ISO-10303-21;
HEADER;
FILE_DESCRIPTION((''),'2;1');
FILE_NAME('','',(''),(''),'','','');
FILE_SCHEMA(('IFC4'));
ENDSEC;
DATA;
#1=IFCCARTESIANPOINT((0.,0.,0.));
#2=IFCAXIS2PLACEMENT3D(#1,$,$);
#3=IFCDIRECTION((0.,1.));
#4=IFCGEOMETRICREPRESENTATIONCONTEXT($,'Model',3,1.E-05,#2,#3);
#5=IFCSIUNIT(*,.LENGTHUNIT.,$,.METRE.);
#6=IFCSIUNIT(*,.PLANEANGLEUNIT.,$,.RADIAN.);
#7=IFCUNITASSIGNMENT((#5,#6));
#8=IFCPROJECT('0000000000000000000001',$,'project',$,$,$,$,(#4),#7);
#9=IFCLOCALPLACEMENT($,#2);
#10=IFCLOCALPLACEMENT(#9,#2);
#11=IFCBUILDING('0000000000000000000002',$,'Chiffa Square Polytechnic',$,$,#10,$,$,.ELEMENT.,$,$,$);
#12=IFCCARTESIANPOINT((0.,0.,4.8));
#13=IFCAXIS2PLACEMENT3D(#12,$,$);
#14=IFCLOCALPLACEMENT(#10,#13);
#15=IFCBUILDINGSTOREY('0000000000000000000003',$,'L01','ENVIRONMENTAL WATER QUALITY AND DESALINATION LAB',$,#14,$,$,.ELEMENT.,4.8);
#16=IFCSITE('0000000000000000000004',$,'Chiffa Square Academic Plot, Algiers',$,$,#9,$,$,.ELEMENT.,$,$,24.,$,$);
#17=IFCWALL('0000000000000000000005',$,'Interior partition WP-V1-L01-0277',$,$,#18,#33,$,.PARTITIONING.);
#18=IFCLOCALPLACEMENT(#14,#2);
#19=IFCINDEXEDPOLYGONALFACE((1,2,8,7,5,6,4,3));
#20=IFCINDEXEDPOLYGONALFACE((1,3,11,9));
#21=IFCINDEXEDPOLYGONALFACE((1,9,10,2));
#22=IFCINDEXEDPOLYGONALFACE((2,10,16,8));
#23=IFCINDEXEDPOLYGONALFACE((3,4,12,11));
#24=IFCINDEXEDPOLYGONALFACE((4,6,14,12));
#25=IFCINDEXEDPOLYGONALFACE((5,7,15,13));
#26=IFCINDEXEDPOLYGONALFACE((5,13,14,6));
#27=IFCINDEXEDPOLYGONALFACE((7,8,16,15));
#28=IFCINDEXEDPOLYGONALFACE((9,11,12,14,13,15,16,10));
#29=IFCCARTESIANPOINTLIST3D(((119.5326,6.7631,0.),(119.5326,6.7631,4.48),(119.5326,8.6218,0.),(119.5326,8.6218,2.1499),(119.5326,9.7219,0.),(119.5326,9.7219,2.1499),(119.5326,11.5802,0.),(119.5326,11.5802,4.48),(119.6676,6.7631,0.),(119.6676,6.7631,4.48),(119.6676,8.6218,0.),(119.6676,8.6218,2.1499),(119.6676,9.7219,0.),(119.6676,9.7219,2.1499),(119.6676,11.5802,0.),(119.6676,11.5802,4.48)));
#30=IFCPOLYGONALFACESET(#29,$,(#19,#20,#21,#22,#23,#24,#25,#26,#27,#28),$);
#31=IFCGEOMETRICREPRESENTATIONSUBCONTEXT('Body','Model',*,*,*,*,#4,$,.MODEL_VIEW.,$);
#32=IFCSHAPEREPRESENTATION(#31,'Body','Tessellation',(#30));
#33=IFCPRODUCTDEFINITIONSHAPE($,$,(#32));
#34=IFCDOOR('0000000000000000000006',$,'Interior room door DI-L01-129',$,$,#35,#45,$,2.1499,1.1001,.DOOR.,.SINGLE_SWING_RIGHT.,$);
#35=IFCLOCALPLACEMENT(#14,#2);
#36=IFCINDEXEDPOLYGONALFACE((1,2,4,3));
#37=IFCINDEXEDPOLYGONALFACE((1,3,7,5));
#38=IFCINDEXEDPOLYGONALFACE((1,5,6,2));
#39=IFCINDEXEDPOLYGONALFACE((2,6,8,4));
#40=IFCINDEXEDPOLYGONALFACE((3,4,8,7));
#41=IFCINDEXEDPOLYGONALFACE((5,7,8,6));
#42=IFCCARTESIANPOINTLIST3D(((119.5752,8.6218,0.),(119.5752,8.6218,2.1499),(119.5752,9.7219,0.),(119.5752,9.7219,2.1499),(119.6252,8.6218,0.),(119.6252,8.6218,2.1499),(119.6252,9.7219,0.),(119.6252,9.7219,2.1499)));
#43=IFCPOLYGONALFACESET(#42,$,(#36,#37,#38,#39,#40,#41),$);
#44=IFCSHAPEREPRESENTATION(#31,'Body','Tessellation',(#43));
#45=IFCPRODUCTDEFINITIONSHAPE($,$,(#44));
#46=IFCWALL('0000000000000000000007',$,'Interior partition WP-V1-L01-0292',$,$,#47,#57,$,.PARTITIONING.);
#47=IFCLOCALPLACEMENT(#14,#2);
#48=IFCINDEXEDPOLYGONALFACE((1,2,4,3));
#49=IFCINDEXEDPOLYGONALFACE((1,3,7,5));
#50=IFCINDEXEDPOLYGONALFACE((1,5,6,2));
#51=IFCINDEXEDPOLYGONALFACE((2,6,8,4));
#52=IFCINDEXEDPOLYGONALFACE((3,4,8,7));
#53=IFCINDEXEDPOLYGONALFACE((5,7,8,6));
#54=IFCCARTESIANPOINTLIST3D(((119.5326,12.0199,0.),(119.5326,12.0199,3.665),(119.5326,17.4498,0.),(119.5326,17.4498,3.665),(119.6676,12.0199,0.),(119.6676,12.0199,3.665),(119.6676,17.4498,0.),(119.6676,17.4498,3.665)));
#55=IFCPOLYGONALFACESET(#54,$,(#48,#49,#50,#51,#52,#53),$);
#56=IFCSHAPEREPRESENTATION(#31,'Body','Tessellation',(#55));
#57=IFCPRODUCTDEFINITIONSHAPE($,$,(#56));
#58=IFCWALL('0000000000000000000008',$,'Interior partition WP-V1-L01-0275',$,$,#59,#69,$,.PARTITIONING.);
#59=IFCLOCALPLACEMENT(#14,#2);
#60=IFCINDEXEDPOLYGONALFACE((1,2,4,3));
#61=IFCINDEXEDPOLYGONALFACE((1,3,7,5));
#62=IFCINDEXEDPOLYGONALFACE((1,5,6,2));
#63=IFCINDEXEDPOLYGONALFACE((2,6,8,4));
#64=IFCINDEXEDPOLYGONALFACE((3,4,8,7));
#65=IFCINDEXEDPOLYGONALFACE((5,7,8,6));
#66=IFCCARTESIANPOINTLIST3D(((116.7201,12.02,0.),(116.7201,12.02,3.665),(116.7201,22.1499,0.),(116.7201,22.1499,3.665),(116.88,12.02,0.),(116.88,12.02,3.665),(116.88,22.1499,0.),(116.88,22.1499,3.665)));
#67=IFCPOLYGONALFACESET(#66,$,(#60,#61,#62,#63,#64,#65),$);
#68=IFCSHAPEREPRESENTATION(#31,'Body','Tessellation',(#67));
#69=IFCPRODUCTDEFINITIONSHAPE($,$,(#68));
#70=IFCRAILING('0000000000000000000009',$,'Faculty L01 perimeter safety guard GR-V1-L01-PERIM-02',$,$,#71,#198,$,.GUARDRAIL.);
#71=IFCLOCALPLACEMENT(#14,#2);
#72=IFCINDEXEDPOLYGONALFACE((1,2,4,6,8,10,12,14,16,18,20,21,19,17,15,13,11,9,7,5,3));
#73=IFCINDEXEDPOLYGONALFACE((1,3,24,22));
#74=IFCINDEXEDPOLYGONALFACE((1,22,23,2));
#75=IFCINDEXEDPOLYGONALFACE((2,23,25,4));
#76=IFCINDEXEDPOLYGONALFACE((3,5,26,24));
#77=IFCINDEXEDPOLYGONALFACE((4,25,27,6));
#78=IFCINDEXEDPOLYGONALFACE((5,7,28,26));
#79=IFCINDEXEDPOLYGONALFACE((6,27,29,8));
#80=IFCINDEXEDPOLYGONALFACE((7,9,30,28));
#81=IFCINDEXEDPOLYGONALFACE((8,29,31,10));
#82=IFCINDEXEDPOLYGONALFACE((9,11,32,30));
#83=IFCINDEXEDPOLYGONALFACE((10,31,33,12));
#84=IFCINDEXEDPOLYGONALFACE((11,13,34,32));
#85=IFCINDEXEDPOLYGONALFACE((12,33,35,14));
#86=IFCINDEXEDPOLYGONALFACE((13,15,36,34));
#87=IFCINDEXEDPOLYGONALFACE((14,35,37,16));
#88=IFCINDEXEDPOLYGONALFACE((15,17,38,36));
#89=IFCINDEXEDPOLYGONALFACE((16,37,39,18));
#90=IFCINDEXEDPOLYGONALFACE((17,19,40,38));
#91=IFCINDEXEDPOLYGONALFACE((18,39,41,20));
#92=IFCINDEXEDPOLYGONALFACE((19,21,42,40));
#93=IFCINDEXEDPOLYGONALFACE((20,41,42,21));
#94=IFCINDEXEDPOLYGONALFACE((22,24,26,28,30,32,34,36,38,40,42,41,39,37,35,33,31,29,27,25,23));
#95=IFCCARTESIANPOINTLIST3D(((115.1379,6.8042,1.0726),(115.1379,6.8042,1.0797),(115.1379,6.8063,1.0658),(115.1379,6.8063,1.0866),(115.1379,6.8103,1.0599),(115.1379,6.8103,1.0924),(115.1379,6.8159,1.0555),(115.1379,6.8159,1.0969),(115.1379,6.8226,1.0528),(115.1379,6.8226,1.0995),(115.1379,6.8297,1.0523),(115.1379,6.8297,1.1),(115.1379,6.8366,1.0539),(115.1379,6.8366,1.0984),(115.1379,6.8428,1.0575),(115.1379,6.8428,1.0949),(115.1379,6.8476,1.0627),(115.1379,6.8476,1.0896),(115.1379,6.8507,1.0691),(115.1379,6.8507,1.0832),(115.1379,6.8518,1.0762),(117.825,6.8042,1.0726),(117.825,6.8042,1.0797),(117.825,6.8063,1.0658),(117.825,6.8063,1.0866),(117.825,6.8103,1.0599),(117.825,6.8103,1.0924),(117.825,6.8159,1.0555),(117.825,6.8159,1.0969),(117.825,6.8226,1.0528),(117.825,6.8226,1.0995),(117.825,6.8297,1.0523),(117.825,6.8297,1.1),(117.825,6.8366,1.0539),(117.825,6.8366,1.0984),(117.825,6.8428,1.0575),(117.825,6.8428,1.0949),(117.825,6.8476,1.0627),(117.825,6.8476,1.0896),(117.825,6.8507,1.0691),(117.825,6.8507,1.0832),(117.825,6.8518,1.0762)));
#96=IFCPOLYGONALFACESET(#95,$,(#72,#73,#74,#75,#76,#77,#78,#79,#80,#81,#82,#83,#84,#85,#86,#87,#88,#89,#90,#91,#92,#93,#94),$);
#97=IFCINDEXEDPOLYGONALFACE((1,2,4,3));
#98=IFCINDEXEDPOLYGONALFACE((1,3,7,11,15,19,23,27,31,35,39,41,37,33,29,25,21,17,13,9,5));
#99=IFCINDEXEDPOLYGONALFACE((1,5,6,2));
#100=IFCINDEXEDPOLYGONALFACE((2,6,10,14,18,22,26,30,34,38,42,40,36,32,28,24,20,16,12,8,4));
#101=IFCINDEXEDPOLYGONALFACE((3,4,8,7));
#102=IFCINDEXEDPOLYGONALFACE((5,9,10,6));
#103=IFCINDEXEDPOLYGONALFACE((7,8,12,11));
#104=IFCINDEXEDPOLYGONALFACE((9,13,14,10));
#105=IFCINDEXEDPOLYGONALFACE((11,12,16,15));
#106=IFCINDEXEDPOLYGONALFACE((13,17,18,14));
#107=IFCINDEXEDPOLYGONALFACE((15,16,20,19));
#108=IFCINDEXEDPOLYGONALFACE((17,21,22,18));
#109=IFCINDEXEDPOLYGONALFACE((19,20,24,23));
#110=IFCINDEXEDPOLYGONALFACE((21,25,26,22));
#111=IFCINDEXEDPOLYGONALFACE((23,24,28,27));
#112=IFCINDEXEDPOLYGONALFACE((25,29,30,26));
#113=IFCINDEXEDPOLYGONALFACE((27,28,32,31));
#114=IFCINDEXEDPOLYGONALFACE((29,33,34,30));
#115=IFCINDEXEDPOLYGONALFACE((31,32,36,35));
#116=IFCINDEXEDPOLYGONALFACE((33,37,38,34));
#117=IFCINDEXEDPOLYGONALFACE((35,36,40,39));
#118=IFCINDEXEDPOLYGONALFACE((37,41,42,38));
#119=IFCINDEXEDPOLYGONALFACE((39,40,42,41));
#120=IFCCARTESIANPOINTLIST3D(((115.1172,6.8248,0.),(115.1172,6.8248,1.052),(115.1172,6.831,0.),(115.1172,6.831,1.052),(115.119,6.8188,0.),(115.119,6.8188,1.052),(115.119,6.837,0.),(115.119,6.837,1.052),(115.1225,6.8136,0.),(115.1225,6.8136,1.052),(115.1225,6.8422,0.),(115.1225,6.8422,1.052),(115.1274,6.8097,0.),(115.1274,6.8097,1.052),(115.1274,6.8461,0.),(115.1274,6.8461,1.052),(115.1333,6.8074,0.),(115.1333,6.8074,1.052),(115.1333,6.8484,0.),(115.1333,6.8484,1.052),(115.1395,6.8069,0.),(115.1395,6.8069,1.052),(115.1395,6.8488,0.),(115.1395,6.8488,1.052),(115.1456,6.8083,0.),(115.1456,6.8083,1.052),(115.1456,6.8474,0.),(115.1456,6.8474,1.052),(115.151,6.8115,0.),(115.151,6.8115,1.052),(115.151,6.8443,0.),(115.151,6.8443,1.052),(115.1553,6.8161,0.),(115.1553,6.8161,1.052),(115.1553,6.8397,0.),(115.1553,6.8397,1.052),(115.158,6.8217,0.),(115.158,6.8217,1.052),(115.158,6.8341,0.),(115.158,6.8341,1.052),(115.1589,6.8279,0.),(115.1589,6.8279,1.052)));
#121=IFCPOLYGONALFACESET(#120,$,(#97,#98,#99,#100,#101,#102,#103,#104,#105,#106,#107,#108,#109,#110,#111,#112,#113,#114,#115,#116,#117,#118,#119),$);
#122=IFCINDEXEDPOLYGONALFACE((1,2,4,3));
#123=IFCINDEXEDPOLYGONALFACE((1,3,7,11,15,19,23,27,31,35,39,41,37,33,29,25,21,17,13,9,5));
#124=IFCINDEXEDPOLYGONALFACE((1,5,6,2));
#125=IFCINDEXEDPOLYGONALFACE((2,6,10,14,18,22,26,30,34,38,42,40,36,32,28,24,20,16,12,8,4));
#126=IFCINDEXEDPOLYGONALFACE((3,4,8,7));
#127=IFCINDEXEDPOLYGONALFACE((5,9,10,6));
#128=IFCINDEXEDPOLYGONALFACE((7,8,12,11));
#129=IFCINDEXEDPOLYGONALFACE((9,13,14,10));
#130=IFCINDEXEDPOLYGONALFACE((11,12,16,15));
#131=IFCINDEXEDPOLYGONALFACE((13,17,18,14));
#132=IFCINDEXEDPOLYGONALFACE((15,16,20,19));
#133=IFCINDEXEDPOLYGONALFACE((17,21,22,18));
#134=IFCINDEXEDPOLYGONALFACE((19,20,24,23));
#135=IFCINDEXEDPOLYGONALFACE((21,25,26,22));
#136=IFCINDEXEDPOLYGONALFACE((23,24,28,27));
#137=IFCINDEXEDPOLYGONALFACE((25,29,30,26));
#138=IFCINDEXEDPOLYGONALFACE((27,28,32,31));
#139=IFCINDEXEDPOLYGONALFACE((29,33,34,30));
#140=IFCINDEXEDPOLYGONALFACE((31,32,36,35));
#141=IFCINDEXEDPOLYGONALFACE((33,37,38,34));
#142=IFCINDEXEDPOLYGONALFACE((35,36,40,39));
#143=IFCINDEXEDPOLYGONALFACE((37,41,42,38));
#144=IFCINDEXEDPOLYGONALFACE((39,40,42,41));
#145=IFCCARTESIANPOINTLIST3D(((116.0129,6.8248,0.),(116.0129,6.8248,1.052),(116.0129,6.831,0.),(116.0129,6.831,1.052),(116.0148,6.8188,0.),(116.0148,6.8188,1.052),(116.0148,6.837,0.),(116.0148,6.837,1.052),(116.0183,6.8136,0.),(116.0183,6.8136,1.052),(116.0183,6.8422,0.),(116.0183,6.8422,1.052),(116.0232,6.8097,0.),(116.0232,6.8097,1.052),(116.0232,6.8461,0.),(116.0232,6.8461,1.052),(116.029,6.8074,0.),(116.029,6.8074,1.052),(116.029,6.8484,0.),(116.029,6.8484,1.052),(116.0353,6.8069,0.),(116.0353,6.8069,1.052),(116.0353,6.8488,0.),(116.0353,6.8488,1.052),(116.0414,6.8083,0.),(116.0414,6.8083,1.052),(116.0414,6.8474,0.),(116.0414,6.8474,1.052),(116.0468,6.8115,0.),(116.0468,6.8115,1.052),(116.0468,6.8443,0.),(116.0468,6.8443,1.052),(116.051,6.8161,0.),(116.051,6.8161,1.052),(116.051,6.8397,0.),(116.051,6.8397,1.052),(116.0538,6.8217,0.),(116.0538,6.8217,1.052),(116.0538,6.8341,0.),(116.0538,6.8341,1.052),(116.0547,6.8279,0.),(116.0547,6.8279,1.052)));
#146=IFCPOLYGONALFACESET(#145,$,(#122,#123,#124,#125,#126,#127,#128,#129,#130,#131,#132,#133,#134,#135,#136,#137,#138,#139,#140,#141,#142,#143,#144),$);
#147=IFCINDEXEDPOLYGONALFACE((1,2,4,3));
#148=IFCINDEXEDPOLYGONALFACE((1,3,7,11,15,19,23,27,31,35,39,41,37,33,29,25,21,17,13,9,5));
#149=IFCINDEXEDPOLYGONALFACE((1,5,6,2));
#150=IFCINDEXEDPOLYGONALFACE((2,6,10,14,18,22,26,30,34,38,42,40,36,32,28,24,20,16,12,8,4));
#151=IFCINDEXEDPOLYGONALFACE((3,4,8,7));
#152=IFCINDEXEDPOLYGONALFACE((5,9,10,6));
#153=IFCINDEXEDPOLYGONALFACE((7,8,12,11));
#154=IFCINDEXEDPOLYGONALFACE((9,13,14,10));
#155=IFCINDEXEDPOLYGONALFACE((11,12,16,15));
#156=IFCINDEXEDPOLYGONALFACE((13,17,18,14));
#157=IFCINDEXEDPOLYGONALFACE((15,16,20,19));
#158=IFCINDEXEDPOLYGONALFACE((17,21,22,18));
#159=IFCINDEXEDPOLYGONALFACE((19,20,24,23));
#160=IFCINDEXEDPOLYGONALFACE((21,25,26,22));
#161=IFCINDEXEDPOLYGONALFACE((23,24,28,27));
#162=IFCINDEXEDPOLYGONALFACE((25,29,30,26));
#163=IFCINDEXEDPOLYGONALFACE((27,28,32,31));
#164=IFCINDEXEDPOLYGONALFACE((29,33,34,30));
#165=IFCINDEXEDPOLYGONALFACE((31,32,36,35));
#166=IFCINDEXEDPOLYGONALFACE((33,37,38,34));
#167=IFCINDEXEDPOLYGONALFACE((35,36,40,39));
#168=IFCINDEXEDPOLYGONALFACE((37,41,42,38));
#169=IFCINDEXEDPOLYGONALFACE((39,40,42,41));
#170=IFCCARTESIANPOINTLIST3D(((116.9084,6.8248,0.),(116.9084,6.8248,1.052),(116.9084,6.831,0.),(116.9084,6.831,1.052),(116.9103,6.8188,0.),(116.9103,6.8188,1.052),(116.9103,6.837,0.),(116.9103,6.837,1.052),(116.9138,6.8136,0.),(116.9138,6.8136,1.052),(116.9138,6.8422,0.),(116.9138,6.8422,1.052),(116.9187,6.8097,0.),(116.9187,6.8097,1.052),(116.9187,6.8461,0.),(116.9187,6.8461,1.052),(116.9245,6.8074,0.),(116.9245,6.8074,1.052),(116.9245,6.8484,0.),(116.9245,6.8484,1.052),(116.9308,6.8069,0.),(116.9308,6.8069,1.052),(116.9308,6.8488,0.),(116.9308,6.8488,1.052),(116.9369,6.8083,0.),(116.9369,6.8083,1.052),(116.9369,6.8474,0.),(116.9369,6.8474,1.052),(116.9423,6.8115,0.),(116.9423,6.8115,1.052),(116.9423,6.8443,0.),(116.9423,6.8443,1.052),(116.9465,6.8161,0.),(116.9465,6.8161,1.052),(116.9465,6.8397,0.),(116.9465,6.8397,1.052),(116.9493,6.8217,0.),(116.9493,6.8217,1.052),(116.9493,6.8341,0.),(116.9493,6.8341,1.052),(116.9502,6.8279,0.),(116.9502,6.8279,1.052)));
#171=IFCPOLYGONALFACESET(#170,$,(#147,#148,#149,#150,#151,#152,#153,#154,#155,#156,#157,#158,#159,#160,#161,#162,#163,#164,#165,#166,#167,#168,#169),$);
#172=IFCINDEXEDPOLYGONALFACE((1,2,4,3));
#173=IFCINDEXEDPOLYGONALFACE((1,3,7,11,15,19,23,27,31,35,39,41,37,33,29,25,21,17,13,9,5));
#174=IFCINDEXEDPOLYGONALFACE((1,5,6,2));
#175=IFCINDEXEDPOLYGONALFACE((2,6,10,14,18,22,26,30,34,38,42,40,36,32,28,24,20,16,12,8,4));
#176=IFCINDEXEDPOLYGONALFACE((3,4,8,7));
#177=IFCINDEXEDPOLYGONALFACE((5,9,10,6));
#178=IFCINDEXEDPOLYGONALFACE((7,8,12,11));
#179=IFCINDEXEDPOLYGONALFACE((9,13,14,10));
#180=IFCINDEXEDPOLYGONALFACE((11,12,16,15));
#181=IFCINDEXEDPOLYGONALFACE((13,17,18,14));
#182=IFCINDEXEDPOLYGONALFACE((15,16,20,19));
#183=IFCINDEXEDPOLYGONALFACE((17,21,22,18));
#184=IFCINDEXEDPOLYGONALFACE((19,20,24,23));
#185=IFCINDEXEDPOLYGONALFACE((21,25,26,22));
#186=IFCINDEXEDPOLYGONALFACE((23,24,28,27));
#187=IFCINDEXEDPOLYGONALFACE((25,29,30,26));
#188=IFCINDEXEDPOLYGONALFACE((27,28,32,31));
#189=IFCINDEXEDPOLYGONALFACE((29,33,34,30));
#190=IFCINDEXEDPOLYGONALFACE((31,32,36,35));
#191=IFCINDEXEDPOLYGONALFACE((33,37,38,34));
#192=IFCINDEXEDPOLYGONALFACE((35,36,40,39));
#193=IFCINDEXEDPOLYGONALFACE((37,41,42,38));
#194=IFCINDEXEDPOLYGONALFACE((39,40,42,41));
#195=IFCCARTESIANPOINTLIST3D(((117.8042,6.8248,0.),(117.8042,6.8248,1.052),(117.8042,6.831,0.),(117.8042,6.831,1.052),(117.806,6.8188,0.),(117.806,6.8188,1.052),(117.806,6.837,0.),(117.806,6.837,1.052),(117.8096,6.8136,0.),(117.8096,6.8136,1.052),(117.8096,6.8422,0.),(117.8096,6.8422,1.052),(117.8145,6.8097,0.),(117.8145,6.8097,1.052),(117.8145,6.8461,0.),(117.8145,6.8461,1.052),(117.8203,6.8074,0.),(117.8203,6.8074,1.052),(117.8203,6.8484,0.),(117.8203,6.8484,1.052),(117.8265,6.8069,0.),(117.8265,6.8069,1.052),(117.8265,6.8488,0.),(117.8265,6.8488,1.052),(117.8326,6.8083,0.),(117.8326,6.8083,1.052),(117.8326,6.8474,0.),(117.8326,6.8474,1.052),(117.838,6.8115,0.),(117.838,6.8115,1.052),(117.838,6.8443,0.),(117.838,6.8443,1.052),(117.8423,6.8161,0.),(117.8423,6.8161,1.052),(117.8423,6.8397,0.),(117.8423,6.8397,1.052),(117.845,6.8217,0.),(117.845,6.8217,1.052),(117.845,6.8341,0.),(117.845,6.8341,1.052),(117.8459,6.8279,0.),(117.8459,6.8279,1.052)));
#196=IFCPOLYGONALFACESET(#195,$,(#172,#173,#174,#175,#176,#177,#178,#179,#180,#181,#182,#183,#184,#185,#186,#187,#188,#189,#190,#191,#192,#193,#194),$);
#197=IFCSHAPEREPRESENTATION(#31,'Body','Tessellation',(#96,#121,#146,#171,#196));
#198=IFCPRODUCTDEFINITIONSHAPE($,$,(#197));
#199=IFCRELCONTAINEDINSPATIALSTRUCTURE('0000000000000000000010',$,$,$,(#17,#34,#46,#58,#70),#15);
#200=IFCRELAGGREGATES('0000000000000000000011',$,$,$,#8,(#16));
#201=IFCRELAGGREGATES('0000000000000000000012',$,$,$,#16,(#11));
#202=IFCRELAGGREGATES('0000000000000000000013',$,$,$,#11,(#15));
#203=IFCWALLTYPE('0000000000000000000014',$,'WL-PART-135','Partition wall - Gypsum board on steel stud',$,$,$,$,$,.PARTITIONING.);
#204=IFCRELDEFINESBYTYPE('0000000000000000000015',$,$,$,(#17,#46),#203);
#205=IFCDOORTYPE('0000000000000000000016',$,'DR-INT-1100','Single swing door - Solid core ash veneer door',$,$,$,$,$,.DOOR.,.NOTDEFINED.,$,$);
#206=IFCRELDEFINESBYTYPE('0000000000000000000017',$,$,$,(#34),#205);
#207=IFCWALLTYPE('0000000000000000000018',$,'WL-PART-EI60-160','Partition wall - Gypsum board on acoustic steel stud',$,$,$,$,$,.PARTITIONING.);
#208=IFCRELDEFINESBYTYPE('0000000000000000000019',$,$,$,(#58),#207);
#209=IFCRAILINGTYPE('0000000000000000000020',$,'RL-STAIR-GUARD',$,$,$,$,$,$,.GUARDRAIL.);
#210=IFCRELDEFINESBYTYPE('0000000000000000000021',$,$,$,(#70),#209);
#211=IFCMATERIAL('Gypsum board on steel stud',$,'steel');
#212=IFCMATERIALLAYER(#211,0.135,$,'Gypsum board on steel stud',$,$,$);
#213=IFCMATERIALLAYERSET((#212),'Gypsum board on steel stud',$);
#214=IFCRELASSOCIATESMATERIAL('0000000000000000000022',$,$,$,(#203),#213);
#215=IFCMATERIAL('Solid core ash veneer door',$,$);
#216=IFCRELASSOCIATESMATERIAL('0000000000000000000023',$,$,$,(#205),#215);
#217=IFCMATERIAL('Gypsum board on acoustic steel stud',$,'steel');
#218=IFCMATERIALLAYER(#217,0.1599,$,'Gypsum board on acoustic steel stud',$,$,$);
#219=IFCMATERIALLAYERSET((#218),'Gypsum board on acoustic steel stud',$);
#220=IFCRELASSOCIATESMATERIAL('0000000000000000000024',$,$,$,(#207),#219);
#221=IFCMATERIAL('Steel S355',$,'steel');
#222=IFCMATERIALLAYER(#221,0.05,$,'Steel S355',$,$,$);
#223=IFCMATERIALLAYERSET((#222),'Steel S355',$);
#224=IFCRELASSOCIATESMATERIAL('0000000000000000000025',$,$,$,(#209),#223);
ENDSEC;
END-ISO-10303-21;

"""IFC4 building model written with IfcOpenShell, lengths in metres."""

from ifc_helpers import new_model, si_unit, direction, frame, frame_2d, origin, origin_2d, place, context, subcontext, project, spatial, rectangle, circle, extrude, material, layer, layer_set, type_object, element, fill, save


model = new_model("IFC4")

# Units and contexts
model_context = context("Model", 3, precision=1e-05, world=origin(), true_north=direction((0.0, 1.0)))
body_context = subcontext(model_context, "Body", "Model", "MODEL_VIEW")
ifc_project = project(units=[si_unit("LENGTHUNIT", "METRE"), si_unit("PLANEANGLEUNIT", "RADIAN")], contexts=[model_context])

# Site, building, storey
site_placement = place(None, origin())
site = spatial("IfcSite", under=ifc_project, at=site_placement, Name="Chiffa Square Academic Plot, Algiers", CompositionType="ELEMENT", RefElevation=24.0)
building_placement = place(site_placement, origin())
building = spatial("IfcBuilding", under=site, at=building_placement, Name="Chiffa Square Polytechnic", CompositionType="ELEMENT")
storey_placement = place(building_placement, frame((0.0, 0.0, 4.8)))
storey = spatial("IfcBuildingStorey", under=building, at=storey_placement, Name="L01", Description="ENVIRONMENTAL WATER QUALITY AND DESALINATION LAB", CompositionType="ELEMENT", Elevation=4.8)

# Wall, opening, door
ifc_material_1 = material(Name="Gypsum board on steel stud", Category="steel")
ifc_layer_1 = layer(ifc_material_1, 0.135, Name="Gypsum board on steel stud")
ifc_layer_set_1 = layer_set([ifc_layer_1], Name="Gypsum board on steel stud")
wall_type_1 = type_object("IfcWallType", Name="WL-PART-135", Description="Partition wall - Gypsum board on steel stud", PredefinedType="PARTITIONING", material=ifc_layer_set_1)
wall_1_placement = place(storey_placement, frame((119.6001, 6.7629, 0.0), z_axis=(0.0, 0.0, 1.0), x_axis=(0.0, 1.0, 0.0)))
wall_1 = element("IfcWall", 1, at=wall_1_placement, inside=storey, type_object=wall_type_1, Name="Interior partition WP-V1-L01-0277", PredefinedType="PARTITIONING", context=body_context, shape_type="SweptSolid", body=[
    extrude(rectangle(XDim=4.8171, YDim=0.135, at=frame_2d((2.4087, 0.0))), origin(), (0.0, 0.0, 1.0), 4.48),
])
opening_1_placement = place(wall_1_placement, frame((1.8589, 0.0, 0.0)))
opening_1 = element("IfcOpeningElement", 2, at=opening_1_placement, cuts=wall_1, PredefinedType="OPENING", context=body_context, shape_type="SweptSolid", body=[
    extrude(rectangle(XDim=1.1001, YDim=2.1499, at=frame_2d((0.55, 1.075))), frame((0.0, 0.0776, 0.0), z_axis=(0.0, -1.0, 0.0), x_axis=(1.0, 0.0, 0.0)), (0.0, 0.0, 1.0), 0.155),
])
ifc_material_2 = material(Name="Solid core ash veneer door")
door_type = type_object("IfcDoorType", Name="DR-INT-1100", Description="Single swing door - Solid core ash veneer door", OperationType="NOTDEFINED", PredefinedType="DOOR", material=ifc_material_2)
door_1_placement = place(opening_1_placement, origin())
door_1 = element("IfcDoor", 3, at=door_1_placement, inside=storey, type_object=door_type, Name="Interior room door DI-L01-129", OperationType="SINGLE_SWING_RIGHT", OverallHeight=2.1499, OverallWidth=1.1001, PredefinedType="DOOR", context=body_context, shape_type="SweptSolid", body=[
    extrude(rectangle(XDim=1.1001, YDim=2.1499, at=frame_2d((0.55, 1.075))), frame((0.0, 0.0249, 0.0), z_axis=(0.0, -1.0, 0.0), x_axis=(1.0, 0.0, 0.0)), (0.0, 0.0, 1.0), 0.05),
])
fill(opening_1, door_1)

# Wall
wall_2_placement = place(storey_placement, frame((119.6001, 12.02, 0.0), z_axis=(0.0, 0.0, 1.0), x_axis=(0.0, 1.0, 0.0)))
element("IfcWall", 4, at=wall_2_placement, inside=storey, type_object=wall_type_1, Name="Interior partition WP-V1-L01-0292", PredefinedType="PARTITIONING", context=body_context, shape_type="SweptSolid", body=[
    extrude(rectangle(XDim=5.4299, YDim=0.135, at=frame_2d((2.7148, 0.0))), origin(), (0.0, 0.0, 1.0), 3.665),
])

# Shared definitions
ifc_material_3 = material(Name="Gypsum board on acoustic steel stud", Category="steel")
ifc_layer_2 = layer(ifc_material_3, 0.1599, Name="Gypsum board on acoustic steel stud")
ifc_layer_set_2 = layer_set([ifc_layer_2], Name="Gypsum board on acoustic steel stud")
wall_type_2 = type_object("IfcWallType", Name="WL-PART-EI60-160", Description="Partition wall - Gypsum board on acoustic steel stud", PredefinedType="PARTITIONING", material=ifc_layer_set_2)

# Wall
wall_3_placement = place(storey_placement, frame((116.8, 12.02, 0.0), z_axis=(0.0, 0.0, 1.0), x_axis=(0.0, 1.0, 0.0)))
element("IfcWall", 5, at=wall_3_placement, inside=storey, type_object=wall_type_2, Name="Interior partition WP-V1-L01-0275", PredefinedType="PARTITIONING", context=body_context, shape_type="SweptSolid", body=[
    extrude(rectangle(XDim=10.1299, YDim=0.1599, at=frame_2d((5.0649, 0.0))), origin(), (0.0, 0.0, 1.0), 3.665),
])

# Railing
ifc_material_4 = material(Name="Steel S355", Category="steel")
ifc_layer_3 = layer(ifc_material_4, 0.05, Name="Steel S355")
ifc_layer_set_3 = layer_set([ifc_layer_3], Name="Steel S355")
railing_type = type_object("IfcRailingType", Name="RL-STAIR-GUARD", PredefinedType="GUARDRAIL", material=ifc_layer_set_3)
railing_1_placement = place(storey_placement, frame((115.1379, 6.8279, 0.0)))
element("IfcRailing", 6, at=railing_1_placement, inside=storey, type_object=railing_type, Name="Faculty L01 perimeter safety guard GR-V1-L01-PERIM-02", PredefinedType="GUARDRAIL", context=body_context, shape_type="SweptSolid", body=[
    extrude(circle(Radius=0.0239, at=origin_2d()), frame((0.0, 0.0, 1.0762), z_axis=(1.0, 0.0, 0.0), x_axis=(0.0, 1.0, 0.0)), (0.0, 0.0, 1.0), 2.687),
    extrude(circle(Radius=0.021, at=origin_2d()), origin(), (0.0, 0.0, 1.0), 1.052),
    extrude(circle(Radius=0.021, at=origin_2d()), frame((0.8958, 0.0, 0.0)), (0.0, 0.0, 1.0), 1.052),
    extrude(circle(Radius=0.021, at=origin_2d()), frame((1.7913, 0.0, 0.0)), (0.0, 0.0, 1.0), 1.052),
    extrude(circle(Radius=0.021, at=origin_2d()), frame((2.687, 0.0, 0.0)), (0.0, 0.0, 1.0), 1.052),
])

save(model, "model.ifc")
